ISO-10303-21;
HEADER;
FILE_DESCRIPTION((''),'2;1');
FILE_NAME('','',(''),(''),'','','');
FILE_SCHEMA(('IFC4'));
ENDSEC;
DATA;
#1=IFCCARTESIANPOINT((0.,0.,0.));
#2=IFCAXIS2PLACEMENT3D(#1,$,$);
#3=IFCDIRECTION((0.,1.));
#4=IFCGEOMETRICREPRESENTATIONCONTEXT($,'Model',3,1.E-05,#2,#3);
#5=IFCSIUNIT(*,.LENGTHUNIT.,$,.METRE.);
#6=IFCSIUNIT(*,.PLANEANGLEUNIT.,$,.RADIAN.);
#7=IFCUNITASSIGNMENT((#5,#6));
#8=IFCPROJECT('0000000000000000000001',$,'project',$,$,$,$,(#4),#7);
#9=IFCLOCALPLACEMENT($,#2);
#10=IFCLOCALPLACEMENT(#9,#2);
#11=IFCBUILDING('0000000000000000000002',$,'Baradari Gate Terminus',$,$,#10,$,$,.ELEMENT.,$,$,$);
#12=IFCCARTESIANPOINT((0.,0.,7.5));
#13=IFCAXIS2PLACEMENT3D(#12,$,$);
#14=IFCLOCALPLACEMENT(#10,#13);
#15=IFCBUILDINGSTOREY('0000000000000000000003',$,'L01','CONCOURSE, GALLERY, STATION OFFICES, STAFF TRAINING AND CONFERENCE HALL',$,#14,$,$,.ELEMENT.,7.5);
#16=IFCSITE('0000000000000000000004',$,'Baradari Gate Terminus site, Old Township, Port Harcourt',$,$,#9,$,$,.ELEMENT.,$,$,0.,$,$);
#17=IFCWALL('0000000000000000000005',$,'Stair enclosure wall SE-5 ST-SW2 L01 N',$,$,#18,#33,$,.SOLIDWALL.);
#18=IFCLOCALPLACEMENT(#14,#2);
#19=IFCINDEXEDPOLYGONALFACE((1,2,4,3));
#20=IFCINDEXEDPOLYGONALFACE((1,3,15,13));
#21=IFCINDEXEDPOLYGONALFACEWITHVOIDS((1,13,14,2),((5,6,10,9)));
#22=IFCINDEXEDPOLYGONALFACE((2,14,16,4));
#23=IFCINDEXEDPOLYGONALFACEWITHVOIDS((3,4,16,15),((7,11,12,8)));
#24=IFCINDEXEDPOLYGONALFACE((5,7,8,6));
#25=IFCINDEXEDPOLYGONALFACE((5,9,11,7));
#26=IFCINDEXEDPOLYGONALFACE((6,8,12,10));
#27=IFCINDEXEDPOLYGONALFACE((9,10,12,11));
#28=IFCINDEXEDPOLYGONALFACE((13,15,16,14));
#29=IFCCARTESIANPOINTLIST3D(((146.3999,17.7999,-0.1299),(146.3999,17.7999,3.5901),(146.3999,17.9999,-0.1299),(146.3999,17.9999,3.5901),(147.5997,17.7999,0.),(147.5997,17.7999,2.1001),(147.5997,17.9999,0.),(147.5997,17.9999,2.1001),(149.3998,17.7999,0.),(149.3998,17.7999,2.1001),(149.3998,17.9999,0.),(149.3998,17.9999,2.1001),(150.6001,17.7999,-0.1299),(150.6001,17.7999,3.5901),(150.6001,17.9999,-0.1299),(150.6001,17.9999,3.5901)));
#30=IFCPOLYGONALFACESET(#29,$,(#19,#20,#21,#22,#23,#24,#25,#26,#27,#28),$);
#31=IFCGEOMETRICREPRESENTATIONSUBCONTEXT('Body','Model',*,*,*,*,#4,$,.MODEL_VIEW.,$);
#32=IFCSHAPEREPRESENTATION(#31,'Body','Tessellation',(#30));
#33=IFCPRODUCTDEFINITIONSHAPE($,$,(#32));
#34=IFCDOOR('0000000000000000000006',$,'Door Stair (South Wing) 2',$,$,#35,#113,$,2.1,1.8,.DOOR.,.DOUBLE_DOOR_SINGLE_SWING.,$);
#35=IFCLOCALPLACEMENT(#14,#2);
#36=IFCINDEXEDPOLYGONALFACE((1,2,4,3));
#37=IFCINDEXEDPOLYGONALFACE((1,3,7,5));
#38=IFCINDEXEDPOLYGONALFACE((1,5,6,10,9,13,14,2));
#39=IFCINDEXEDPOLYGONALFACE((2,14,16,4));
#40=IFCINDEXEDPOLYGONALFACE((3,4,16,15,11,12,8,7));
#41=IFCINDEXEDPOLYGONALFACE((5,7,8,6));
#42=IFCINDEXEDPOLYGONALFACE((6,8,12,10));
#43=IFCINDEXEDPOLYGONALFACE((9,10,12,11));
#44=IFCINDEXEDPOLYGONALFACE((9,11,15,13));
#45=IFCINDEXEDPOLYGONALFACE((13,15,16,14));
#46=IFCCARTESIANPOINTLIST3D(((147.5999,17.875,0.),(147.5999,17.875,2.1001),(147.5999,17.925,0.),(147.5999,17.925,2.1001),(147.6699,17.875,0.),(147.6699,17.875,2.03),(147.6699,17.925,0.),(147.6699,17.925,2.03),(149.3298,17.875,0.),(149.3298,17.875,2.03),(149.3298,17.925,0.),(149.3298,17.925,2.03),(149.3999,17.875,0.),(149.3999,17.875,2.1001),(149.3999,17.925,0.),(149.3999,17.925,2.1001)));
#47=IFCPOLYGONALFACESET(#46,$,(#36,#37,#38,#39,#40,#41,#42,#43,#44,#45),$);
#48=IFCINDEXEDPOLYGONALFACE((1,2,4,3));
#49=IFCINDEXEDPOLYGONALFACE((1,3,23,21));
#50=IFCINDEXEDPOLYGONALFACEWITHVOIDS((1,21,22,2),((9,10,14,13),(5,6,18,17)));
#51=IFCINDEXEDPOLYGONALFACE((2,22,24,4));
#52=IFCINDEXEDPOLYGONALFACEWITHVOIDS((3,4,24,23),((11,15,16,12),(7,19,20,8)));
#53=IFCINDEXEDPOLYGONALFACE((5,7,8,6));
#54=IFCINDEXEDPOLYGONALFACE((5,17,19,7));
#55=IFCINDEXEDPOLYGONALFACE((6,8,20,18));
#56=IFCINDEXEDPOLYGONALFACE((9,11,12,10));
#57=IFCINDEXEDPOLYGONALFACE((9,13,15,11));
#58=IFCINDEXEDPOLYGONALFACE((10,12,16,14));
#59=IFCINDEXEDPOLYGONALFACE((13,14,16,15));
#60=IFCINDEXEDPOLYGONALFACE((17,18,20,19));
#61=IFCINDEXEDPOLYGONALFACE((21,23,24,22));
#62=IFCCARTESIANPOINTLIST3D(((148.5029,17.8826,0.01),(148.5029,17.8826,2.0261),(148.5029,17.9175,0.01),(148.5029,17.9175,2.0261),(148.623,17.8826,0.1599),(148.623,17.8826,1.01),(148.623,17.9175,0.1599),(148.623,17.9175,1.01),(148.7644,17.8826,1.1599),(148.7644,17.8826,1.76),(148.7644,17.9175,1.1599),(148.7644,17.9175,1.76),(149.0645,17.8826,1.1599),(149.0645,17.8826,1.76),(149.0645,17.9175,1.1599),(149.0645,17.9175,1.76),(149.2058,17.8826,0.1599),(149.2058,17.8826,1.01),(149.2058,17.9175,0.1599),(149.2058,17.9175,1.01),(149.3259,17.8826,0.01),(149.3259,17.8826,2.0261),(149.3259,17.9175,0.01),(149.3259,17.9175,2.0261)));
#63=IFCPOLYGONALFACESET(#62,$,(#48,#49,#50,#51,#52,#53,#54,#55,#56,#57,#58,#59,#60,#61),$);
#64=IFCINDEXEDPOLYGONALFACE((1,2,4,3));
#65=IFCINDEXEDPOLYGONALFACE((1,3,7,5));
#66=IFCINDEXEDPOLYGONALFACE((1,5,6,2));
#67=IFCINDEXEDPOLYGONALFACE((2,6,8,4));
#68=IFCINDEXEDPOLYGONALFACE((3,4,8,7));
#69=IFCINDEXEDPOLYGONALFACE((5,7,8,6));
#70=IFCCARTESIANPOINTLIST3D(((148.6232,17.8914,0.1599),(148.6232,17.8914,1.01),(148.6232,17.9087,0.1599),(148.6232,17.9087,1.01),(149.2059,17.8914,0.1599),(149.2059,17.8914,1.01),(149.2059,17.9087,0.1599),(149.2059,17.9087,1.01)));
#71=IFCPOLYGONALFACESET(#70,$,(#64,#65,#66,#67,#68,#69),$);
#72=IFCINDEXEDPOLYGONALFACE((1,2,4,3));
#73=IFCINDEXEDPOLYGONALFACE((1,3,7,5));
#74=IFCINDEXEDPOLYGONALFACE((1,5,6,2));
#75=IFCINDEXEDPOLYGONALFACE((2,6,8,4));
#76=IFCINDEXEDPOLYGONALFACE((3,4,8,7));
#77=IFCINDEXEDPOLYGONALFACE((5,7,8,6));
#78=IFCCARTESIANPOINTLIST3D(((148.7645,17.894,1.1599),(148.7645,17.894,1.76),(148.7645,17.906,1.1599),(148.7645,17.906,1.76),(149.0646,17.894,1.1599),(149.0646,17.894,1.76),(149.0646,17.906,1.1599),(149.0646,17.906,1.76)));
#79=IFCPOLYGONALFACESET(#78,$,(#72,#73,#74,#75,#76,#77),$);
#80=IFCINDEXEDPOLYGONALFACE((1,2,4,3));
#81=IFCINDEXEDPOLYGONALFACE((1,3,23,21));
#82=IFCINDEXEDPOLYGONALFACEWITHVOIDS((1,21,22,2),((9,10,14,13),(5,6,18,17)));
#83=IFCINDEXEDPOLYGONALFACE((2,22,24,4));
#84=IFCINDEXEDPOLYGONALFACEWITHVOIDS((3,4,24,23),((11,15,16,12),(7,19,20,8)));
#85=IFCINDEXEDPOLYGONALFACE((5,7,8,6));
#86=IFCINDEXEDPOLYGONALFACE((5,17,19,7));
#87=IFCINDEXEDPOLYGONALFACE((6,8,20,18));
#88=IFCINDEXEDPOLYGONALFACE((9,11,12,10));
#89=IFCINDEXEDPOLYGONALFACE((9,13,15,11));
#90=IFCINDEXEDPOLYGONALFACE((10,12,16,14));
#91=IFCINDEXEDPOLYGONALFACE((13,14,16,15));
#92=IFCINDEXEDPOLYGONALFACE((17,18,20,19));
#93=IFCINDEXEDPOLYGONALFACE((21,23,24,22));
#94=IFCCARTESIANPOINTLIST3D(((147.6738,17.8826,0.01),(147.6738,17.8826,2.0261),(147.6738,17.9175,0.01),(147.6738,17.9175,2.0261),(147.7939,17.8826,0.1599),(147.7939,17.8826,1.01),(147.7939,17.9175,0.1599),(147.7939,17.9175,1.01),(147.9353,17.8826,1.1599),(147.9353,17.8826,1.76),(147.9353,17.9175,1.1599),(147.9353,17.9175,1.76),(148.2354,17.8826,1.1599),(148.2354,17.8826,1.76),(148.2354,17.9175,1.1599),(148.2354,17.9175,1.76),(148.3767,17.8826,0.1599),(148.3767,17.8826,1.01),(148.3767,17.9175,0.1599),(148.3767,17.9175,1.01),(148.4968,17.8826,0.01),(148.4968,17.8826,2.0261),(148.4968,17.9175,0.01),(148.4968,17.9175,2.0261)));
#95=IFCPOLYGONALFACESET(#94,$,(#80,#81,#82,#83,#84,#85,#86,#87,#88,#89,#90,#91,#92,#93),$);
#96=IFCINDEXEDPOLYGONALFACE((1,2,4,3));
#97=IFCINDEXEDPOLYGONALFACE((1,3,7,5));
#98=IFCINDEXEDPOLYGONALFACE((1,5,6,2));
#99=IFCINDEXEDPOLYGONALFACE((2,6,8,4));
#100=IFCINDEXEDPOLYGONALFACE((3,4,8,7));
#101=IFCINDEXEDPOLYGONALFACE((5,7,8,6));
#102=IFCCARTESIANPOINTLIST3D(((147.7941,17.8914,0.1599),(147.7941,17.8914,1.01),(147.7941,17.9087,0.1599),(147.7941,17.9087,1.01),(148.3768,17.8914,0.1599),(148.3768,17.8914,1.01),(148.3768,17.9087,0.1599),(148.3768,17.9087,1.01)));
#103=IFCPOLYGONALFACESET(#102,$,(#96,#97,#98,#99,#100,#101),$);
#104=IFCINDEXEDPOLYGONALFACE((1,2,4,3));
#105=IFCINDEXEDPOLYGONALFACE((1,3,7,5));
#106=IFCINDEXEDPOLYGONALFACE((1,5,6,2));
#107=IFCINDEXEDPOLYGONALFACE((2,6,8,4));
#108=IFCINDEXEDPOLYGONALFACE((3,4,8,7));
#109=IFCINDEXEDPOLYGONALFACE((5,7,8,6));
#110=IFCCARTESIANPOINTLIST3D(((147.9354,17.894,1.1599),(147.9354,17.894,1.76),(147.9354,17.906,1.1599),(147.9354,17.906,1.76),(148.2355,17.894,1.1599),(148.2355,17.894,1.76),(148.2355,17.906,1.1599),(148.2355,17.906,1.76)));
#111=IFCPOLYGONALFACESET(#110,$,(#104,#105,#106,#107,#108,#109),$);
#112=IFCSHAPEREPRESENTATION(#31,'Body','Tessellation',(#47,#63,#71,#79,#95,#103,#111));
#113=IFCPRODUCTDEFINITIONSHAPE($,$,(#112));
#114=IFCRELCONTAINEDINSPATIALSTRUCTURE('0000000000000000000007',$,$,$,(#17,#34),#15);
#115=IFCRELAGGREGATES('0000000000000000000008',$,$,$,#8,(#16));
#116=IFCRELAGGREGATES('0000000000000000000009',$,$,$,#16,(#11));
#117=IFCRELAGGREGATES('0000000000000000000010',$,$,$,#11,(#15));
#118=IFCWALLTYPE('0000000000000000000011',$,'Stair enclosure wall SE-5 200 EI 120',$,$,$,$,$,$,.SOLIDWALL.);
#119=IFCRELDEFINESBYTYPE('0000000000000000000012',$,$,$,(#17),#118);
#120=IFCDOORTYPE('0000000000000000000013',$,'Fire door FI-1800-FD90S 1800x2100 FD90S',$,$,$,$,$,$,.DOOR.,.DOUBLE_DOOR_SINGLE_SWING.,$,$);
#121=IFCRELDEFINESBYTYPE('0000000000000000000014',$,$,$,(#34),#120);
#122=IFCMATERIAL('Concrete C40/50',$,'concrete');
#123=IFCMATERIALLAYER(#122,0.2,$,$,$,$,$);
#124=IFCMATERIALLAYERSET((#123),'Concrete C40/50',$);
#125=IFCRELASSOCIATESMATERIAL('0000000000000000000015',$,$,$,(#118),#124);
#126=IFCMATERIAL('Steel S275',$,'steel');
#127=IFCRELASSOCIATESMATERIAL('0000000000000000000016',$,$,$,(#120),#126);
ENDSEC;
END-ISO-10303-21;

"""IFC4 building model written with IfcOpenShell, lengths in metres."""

from ifc_helpers import new_model, si_unit, direction, frame, frame_2d, origin, place, context, subcontext, project, spatial, polyline, rectangle, outline, extrude, material, layer, layer_set, type_object, element, fill, save


model = new_model("IFC4")

# Units and contexts
model_context = context("Model", 3, precision=1e-05, world=origin(), true_north=direction((0.0, 1.0)))
body_context = subcontext(model_context, "Body", "Model", "MODEL_VIEW")
ifc_project = project(units=[si_unit("LENGTHUNIT", "METRE"), si_unit("PLANEANGLEUNIT", "RADIAN")], contexts=[model_context])

# Site, building, storey
site_placement = place(None, origin())
site = spatial("IfcSite", under=ifc_project, at=site_placement, Name="Baradari Gate Terminus site, Old Township, Port Harcourt", CompositionType="ELEMENT", RefElevation=0.0)
building_placement = place(site_placement, origin())
building = spatial("IfcBuilding", under=site, at=building_placement, Name="Baradari Gate Terminus", CompositionType="ELEMENT")
storey_placement = place(building_placement, frame((0.0, 0.0, 7.5)))
storey = spatial("IfcBuildingStorey", under=building, at=storey_placement, Name="L01", Description="CONCOURSE, GALLERY, STATION OFFICES, STAFF TRAINING AND CONFERENCE HALL", CompositionType="ELEMENT", Elevation=7.5)

# Shared definitions
ifc_material_1 = material(Name="Concrete C40/50", Category="concrete")
ifc_layer_1 = layer(ifc_material_1, 0.2)
ifc_layer_set_1 = layer_set([ifc_layer_1], Name="Concrete C40/50")
wall_type_1 = type_object("IfcWallType", Name="Stair enclosure wall SE-5 200 EI 120", PredefinedType="SOLIDWALL", material=ifc_layer_set_1)

# Wall, opening, door
wall_1_placement = place(storey_placement, frame((146.3999, 17.8999, -0.1299), z_axis=(0.0, 0.0, 1.0), x_axis=(1.0, 0.0, 0.0)))
wall_1 = element("IfcWall", 1, at=wall_1_placement, inside=storey, type_object=wall_type_1, Name="Stair enclosure wall SE-5 ST-SW2 L01 N", PredefinedType="SOLIDWALL", context=body_context, shape_type="SweptSolid", body=[
    extrude(rectangle(XDim=4.2002, YDim=0.2, at=frame_2d((2.1001, 0.0))), origin(), (0.0, 0.0, 1.0), 3.72),
])
opening_1_placement = place(wall_1_placement, frame((1.2, 0.0, 0.1299)))
opening_1 = element("IfcOpeningElement", 2, at=opening_1_placement, cuts=wall_1, PredefinedType="OPENING", context=body_context, shape_type="SweptSolid", body=[
    extrude(rectangle(XDim=1.8, YDim=2.1001, at=frame_2d((0.8999, 1.05))), frame((0.0, 0.1099, 0.0), z_axis=(0.0, -1.0, 0.0), x_axis=(1.0, 0.0, 0.0)), (0.0, 0.0, 1.0), 0.22),
])
ifc_material_2 = material(Name="Steel S275", Category="steel")
door_type = type_object("IfcDoorType", Name="Fire door FI-1800-FD90S 1800x2100 FD90S", OperationType="DOUBLE_DOOR_SINGLE_SWING", PredefinedType="DOOR", material=ifc_material_2)
door_1_placement = place(opening_1_placement, frame((1.8, 0.0, 0.0), z_axis=(0.0, 0.0, 1.0), x_axis=(-1.0, 0.0, 0.0)))
door_1 = element("IfcDoor", 3, at=door_1_placement, inside=storey, type_object=door_type, Name="Door Stair (South Wing) 2", OperationType="DOUBLE_DOOR_SINGLE_SWING", OverallHeight=2.1, OverallWidth=1.8, PredefinedType="DOOR", context=body_context, shape_type="SweptSolid", body=[
    extrude(outline(polyline([(0.0, 0.0), (0.0701, 0.0), (0.0701, 2.03), (1.73, 2.03), (1.73, 0.0), (1.8, 0.0), (1.8, 2.1001), (0.0, 2.1001), (0.0, 0.0)])), frame((0.0, 0.0249, 0.0), z_axis=(0.0, -1.0, 0.0), x_axis=(1.0, 0.0, 0.0)), (0.0, 0.0, 1.0), 0.05),
    extrude(outline(polyline([(0.074, 0.01), (0.897, 0.01), (0.897, 2.0261), (0.074, 2.0261), (0.074, 0.01)]), holes=[polyline([(0.1941, 0.1599), (0.7769, 0.1599), (0.7769, 1.01), (0.1941, 1.01), (0.1941, 0.1599)]), polyline([(0.3354, 1.1599), (0.6355, 1.1599), (0.6355, 1.76), (0.3354, 1.76), (0.3354, 1.1599)])]), frame((0.0, 0.0173, 0.0), z_axis=(0.0, -1.0, 0.0), x_axis=(1.0, 0.0, 0.0)), (0.0, 0.0, 1.0), 0.0349),
    extrude(rectangle(XDim=0.5828, YDim=0.8501, at=frame_2d((0.4854, 0.585))), frame((0.0, 0.0085, 0.0), z_axis=(0.0, -1.0, 0.0), x_axis=(1.0, 0.0, 0.0)), (0.0, 0.0, 1.0), 0.0173),
    extrude(rectangle(XDim=0.3, YDim=0.6001, at=frame_2d((0.4854, 1.46))), frame((0.0, 0.0059, 0.0), z_axis=(0.0, -1.0, 0.0), x_axis=(1.0, 0.0, 0.0)), (0.0, 0.0, 1.0), 0.012),
    extrude(outline(polyline([(0.9031, 0.01), (1.7261, 0.01), (1.7261, 2.0261), (0.9031, 2.0261), (0.9031, 0.01)]), holes=[polyline([(1.0232, 0.1599), (1.606, 0.1599), (1.606, 1.01), (1.0232, 1.01), (1.0232, 0.1599)]), polyline([(1.1646, 1.1599), (1.4646, 1.1599), (1.4646, 1.76), (1.1646, 1.76), (1.1646, 1.1599)])]), frame((0.0, 0.0173, 0.0), z_axis=(0.0, -1.0, 0.0), x_axis=(1.0, 0.0, 0.0)), (0.0, 0.0, 1.0), 0.0349),
    extrude(rectangle(XDim=0.5828, YDim=0.8501, at=frame_2d((1.3145, 0.585))), frame((0.0, 0.0085, 0.0), z_axis=(0.0, -1.0, 0.0), x_axis=(1.0, 0.0, 0.0)), (0.0, 0.0, 1.0), 0.0173),
    extrude(rectangle(XDim=0.3, YDim=0.6001, at=frame_2d((1.3145, 1.46))), frame((0.0, 0.0059, 0.0), z_axis=(0.0, -1.0, 0.0), x_axis=(1.0, 0.0, 0.0)), (0.0, 0.0, 1.0), 0.012),
])
fill(opening_1, door_1)

save(model, "model.ifc")
